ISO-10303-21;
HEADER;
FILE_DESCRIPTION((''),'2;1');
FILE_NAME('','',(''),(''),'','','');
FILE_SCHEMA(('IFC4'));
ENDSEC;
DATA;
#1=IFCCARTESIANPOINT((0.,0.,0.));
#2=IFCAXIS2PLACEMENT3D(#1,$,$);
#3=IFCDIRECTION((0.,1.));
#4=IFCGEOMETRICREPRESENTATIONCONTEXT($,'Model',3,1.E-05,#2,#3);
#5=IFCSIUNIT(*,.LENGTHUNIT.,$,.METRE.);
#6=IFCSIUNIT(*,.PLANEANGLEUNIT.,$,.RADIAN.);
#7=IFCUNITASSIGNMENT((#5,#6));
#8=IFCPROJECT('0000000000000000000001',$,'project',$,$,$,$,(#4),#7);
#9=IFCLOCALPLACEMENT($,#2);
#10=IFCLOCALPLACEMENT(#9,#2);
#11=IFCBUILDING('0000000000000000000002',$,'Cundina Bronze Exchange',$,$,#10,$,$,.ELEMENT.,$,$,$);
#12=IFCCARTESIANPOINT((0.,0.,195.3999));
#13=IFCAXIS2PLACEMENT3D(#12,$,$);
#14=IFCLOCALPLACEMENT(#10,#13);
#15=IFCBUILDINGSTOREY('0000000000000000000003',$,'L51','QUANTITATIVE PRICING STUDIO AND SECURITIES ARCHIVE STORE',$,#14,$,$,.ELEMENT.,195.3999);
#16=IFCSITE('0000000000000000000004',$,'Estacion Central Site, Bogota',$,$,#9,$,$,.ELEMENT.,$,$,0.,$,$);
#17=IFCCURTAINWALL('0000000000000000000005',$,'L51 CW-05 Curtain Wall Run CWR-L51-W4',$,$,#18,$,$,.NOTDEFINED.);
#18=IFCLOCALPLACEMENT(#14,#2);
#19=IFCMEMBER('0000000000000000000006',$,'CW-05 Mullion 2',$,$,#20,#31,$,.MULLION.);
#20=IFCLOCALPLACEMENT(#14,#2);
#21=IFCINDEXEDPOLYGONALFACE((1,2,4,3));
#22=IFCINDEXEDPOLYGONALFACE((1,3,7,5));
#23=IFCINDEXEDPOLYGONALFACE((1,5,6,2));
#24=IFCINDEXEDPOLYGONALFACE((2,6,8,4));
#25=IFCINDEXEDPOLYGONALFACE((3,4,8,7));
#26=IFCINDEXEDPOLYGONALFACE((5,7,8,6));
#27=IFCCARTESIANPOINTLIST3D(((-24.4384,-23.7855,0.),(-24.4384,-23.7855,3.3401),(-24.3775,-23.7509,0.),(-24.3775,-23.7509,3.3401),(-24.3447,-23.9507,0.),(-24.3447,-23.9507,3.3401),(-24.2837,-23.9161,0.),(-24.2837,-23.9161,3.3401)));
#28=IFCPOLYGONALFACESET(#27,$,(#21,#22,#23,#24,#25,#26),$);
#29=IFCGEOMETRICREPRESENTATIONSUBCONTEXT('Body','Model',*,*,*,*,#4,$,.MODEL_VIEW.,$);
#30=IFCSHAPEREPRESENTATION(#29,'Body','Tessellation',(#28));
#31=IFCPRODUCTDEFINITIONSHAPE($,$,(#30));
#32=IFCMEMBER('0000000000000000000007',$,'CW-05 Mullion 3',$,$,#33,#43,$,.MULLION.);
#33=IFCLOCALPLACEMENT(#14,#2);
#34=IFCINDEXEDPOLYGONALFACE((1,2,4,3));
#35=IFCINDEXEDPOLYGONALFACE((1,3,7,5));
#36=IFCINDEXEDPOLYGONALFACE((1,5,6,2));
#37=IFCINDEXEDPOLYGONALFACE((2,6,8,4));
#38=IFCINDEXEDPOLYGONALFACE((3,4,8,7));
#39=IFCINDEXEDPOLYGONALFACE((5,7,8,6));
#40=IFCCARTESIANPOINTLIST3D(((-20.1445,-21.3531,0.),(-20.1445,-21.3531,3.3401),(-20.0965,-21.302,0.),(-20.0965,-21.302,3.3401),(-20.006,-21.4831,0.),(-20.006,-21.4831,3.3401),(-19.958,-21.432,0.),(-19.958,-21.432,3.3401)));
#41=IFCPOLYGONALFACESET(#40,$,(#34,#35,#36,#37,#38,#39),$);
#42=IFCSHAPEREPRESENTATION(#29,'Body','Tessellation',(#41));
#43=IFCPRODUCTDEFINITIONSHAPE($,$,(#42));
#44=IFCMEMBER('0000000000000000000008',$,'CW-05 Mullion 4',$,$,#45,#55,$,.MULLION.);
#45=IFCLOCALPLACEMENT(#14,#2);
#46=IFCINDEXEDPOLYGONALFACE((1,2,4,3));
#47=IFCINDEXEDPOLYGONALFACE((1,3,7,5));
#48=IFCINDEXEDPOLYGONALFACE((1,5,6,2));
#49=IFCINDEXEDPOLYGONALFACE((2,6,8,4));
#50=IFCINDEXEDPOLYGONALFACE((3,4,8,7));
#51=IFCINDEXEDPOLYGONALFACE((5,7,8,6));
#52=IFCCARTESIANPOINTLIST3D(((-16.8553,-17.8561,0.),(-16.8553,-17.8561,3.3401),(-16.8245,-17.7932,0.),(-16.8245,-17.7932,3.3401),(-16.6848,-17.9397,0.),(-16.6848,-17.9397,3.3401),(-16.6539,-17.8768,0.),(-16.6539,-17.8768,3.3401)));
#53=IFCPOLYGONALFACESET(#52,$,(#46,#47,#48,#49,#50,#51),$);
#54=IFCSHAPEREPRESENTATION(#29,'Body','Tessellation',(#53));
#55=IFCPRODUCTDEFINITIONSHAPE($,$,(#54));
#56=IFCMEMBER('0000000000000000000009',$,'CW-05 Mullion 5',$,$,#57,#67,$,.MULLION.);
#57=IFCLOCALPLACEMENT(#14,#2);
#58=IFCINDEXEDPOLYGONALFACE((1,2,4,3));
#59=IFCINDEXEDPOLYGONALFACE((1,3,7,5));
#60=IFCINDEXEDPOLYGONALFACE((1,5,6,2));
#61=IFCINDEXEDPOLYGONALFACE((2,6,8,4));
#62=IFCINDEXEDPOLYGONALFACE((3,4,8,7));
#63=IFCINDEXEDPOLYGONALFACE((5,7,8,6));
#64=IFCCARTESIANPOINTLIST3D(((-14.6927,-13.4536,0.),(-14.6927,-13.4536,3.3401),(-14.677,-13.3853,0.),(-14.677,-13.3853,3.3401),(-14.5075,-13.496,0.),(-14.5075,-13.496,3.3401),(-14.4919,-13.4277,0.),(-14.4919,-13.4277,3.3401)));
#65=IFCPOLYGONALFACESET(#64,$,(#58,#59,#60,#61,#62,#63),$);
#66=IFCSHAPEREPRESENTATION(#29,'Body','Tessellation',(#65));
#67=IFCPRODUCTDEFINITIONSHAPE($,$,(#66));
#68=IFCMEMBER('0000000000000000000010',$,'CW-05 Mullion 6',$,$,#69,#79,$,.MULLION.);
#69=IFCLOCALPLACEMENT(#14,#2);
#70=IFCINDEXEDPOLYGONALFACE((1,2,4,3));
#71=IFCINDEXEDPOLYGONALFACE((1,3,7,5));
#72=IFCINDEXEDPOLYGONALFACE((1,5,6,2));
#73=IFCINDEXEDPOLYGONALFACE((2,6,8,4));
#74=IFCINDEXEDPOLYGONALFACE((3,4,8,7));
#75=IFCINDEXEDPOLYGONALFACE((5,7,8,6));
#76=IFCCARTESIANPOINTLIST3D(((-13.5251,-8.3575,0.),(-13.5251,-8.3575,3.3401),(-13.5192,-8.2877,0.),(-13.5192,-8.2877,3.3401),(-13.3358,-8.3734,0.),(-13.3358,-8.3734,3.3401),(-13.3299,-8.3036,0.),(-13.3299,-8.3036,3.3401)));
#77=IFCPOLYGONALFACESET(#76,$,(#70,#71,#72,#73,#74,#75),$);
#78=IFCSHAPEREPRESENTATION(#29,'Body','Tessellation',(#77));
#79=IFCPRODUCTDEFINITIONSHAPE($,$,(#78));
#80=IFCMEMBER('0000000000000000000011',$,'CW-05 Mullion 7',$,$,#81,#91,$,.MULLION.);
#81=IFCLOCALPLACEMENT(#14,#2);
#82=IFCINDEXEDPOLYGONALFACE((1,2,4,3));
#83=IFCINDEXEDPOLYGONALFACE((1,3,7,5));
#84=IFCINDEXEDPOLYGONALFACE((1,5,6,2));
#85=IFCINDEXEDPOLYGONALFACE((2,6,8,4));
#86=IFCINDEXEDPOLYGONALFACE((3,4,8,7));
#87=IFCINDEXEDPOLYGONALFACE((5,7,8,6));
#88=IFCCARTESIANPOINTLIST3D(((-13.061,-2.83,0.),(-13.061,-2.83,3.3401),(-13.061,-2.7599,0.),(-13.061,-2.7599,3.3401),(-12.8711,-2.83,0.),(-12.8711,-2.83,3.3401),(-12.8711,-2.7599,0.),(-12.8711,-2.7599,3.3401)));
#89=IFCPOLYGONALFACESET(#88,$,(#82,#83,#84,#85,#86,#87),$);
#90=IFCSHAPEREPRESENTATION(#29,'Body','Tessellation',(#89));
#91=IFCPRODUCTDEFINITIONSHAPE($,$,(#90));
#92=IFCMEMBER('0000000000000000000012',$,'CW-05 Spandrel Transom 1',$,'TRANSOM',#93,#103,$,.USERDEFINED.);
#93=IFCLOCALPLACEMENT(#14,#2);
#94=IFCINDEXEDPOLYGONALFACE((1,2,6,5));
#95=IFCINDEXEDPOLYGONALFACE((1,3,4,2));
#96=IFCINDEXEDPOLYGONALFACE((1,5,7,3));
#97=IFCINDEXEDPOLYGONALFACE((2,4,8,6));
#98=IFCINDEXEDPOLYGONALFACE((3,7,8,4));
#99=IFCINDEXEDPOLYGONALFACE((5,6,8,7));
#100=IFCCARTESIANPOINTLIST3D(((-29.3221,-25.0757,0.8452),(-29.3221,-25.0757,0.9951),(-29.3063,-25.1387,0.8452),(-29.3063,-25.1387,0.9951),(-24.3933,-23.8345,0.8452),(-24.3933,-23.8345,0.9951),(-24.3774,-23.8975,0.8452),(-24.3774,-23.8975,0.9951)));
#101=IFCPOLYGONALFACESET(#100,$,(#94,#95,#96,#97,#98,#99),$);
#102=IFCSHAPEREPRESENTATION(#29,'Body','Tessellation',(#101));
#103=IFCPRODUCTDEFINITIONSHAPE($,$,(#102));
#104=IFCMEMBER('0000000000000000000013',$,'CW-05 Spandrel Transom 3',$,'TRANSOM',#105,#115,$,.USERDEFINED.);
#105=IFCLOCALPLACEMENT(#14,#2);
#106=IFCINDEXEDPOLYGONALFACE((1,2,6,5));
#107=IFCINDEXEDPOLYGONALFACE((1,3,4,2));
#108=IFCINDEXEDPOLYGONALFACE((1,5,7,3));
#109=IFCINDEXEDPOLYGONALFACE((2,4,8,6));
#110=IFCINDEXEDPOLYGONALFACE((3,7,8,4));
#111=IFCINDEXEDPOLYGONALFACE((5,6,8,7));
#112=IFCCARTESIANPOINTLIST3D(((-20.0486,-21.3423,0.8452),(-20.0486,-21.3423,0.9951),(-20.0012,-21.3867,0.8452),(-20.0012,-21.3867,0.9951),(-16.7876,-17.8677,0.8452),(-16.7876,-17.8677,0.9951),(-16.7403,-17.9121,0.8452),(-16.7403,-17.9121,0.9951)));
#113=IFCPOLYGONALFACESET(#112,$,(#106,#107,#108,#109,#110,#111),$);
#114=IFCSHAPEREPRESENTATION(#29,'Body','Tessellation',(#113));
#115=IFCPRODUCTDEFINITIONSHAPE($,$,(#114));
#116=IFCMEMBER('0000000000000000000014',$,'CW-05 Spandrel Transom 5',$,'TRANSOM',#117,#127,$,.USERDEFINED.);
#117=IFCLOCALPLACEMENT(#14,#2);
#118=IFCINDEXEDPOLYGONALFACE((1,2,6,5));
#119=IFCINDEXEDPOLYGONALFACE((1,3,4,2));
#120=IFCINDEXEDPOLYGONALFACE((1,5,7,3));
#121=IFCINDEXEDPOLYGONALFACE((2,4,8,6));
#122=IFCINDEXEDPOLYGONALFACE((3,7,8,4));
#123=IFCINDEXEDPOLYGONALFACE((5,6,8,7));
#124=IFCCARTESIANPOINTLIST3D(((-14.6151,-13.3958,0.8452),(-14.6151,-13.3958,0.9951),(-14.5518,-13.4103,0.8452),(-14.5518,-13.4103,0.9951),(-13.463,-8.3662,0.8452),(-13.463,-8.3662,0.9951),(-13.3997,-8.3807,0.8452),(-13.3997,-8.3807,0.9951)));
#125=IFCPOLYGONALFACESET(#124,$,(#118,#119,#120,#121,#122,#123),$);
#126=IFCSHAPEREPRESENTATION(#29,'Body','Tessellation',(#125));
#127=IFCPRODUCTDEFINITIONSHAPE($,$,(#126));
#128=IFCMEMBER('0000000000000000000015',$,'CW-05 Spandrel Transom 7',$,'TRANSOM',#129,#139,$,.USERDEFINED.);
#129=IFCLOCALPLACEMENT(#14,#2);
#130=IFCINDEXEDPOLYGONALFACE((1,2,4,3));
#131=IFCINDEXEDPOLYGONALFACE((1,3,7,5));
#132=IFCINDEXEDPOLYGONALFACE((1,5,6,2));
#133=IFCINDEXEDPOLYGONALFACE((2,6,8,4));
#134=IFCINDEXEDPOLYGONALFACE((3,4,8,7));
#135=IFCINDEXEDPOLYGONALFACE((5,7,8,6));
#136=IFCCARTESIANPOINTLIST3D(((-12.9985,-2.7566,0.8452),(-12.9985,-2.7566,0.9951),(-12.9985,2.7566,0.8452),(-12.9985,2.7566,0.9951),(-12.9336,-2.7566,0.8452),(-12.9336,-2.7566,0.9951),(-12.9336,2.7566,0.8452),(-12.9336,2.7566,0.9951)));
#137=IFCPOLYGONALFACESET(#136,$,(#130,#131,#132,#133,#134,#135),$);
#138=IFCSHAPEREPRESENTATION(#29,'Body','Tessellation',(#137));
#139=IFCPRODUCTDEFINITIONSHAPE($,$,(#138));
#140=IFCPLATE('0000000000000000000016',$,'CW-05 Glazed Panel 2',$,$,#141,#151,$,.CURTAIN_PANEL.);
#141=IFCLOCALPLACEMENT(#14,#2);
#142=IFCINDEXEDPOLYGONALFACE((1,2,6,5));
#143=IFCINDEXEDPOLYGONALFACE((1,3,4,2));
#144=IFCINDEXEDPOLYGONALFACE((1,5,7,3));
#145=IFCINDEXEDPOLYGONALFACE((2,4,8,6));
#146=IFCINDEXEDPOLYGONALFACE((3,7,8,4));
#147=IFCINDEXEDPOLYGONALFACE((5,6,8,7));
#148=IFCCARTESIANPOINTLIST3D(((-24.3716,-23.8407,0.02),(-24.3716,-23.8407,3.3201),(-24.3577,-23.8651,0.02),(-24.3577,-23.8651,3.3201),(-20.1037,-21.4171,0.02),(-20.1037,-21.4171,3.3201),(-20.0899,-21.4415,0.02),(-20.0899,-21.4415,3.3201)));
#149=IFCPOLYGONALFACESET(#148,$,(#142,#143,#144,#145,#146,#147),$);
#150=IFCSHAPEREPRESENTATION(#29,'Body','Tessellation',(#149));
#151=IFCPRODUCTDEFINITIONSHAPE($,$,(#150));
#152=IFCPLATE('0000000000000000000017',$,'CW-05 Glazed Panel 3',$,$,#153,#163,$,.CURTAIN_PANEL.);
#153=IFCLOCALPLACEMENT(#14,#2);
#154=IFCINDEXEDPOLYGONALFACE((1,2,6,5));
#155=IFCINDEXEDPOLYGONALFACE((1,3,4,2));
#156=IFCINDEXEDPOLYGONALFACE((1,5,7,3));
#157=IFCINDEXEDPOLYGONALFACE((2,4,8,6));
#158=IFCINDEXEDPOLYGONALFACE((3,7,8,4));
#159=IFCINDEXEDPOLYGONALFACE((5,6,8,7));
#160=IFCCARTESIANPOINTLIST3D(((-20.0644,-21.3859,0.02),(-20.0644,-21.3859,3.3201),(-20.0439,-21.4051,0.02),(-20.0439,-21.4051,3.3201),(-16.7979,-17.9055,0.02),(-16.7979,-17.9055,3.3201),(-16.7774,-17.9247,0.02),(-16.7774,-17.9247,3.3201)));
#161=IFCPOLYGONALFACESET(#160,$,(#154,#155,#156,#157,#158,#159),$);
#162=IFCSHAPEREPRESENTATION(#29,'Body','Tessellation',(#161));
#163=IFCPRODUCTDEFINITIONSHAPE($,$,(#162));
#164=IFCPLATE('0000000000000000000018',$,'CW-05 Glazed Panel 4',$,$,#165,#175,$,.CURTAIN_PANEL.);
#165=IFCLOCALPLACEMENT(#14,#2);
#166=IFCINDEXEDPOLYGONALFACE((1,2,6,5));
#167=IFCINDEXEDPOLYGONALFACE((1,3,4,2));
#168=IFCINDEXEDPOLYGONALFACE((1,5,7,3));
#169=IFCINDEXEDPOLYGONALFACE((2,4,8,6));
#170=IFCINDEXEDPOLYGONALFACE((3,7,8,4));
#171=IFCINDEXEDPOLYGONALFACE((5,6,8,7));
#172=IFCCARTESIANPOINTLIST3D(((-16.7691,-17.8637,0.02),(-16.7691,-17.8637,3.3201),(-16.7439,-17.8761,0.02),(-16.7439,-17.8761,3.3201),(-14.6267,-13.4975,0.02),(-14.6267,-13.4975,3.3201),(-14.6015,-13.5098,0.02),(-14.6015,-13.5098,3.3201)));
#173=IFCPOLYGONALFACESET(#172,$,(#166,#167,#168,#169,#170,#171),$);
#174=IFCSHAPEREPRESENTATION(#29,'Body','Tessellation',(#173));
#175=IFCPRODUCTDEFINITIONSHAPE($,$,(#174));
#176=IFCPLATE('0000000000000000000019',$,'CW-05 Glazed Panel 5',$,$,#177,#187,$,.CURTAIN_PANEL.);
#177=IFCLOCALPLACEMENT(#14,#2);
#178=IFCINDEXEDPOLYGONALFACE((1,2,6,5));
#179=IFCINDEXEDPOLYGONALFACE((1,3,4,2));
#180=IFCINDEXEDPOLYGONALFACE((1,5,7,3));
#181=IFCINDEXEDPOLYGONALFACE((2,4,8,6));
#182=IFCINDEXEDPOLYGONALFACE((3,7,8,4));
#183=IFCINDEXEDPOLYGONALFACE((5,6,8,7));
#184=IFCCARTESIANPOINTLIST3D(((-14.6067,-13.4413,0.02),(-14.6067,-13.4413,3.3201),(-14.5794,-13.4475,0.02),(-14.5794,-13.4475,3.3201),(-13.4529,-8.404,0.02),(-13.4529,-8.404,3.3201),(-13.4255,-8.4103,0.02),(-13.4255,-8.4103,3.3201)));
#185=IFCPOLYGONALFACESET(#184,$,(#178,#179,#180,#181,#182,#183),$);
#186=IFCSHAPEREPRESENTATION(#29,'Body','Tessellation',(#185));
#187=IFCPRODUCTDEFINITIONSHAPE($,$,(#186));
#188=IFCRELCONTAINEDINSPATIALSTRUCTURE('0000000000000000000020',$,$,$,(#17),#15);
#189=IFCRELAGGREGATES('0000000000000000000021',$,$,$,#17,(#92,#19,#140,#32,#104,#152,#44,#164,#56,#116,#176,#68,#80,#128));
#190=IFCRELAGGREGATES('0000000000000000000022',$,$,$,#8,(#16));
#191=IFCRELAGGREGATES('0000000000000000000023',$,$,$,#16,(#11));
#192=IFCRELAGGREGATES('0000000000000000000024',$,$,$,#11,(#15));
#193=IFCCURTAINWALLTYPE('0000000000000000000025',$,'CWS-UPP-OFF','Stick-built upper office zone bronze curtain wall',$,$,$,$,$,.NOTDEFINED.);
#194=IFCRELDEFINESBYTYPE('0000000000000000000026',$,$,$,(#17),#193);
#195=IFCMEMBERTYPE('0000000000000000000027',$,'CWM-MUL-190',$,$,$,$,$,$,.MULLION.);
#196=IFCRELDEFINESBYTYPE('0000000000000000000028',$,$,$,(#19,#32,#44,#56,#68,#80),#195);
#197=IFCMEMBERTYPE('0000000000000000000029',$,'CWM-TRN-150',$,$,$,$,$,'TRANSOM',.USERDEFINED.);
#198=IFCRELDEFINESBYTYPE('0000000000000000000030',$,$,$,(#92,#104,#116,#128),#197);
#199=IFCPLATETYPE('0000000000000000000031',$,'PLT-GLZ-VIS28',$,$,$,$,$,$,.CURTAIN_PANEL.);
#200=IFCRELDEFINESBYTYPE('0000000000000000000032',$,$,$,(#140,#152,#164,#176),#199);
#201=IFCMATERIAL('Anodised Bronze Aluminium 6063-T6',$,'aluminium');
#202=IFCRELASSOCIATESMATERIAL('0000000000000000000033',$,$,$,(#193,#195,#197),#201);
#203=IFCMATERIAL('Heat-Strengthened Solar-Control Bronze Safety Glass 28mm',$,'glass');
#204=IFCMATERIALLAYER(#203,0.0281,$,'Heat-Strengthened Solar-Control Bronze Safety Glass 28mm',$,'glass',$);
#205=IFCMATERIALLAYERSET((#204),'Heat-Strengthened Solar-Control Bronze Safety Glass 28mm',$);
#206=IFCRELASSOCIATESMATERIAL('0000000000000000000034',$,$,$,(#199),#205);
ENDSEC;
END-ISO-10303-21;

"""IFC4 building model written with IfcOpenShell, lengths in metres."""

from ifc_helpers import new_model, si_unit, direction, frame, origin, origin_2d, place, context, subcontext, project, spatial, rectangle, extrude, material, layer, layer_set, material_profile, profile_set, type_object, element, aggregate, save


model = new_model("IFC4")

# Units and contexts
model_context = context("Model", 3, precision=1e-05, world=origin(), true_north=direction((0.0, 1.0)))
body_context = subcontext(model_context, "Body", "Model", "MODEL_VIEW")
ifc_project = project(units=[si_unit("LENGTHUNIT", "METRE"), si_unit("PLANEANGLEUNIT", "RADIAN")], contexts=[model_context])

# Site, building, storey
site_placement = place(None, origin())
site = spatial("IfcSite", under=ifc_project, at=site_placement, Name="Estacion Central Site, Bogota", CompositionType="ELEMENT", RefElevation=0.0)
building_placement = place(site_placement, origin())
building = spatial("IfcBuilding", under=site, at=building_placement, Name="Cundina Bronze Exchange", CompositionType="ELEMENT")
storey_placement = place(building_placement, frame((0.0, 0.0, 195.3999)))
storey = spatial("IfcBuildingStorey", under=building, at=storey_placement, Name="L51", Description="QUANTITATIVE PRICING STUDIO AND SECURITIES ARCHIVE STORE", CompositionType="ELEMENT", Elevation=195.3999)

# Curtain wall, members, plates
ifc_material_1 = material(Name="Anodised Bronze Aluminium 6063-T6", Category="aluminium")
curtain_wall_type = type_object("IfcCurtainWallType", Name="CWS-UPP-OFF", Description="Stick-built upper office zone bronze curtain wall", PredefinedType="NOTDEFINED", material=ifc_material_1)
curtain_wall_placement = place(storey_placement, origin())
curtain_wall = element("IfcCurtainWall", 1, at=curtain_wall_placement, inside=storey, type_object=curtain_wall_type, Name="L51 CW-05 Curtain Wall Run CWR-L51-W4", PredefinedType="NOTDEFINED")
ifc_material_profile_1 = material_profile(ifc_material_1, rectangle(XDim=0.0701, YDim=0.1899, at=origin_2d()), Name="AL70X190", Category="aluminium")
ifc_profile_set_1 = profile_set([ifc_material_profile_1], Name="Anodised Bronze Aluminium 6063-T6")
member_type_1 = type_object("IfcMemberType", Name="CWM-MUL-190", PredefinedType="MULLION", material=ifc_profile_set_1)
member_1_placement = place(storey_placement, frame((-24.3611, -23.8508, 0.0), z_axis=(0.0, 0.0, 1.0), x_axis=(0.869581, 0.49379, 0.0)))
member_1 = element("IfcMember", 2, at=member_1_placement, type_object=member_type_1, Name="CW-05 Mullion 2", PredefinedType="MULLION", context=body_context, shape_type="SweptSolid", body=[
    extrude(rectangle(XDim=0.0701, YDim=0.1899, at=origin_2d()), origin(), (0.0, 0.0, 1.0), 3.3401),
])
member_2_placement = place(storey_placement, frame((-20.0513, -21.3926, 0.0), z_axis=(0.0, 0.0, 1.0), x_axis=(0.684293, 0.729208, 0.0)))
member_2 = element("IfcMember", 3, at=member_2_placement, type_object=member_type_1, Name="CW-05 Mullion 3", PredefinedType="MULLION", context=body_context, shape_type="SweptSolid", body=[
    extrude(rectangle(XDim=0.0701, YDim=0.1899, at=origin_2d()), origin(), (0.0, 0.0, 1.0), 3.3401),
])
member_3_placement = place(storey_placement, frame((-16.7546, -17.8665, 0.0), z_axis=(0.0, 0.0, 1.0), x_axis=(0.440566, 0.89772, 0.0)))
member_3 = element("IfcMember", 4, at=member_3_placement, type_object=member_type_1, Name="CW-05 Mullion 4", PredefinedType="MULLION", context=body_context, shape_type="SweptSolid", body=[
    extrude(rectangle(XDim=0.0701, YDim=0.1899, at=origin_2d()), origin(), (0.0, 0.0, 1.0), 3.3401),
])
member_4_placement = place(storey_placement, frame((-14.5923, -13.4407, 0.0), z_axis=(0.0, 0.0, 1.0), x_axis=(0.22325, 0.974761, 0.0)))
member_4 = element("IfcMember", 5, at=member_4_placement, type_object=member_type_1, Name="CW-05 Mullion 5", PredefinedType="MULLION", context=body_context, shape_type="SweptSolid", body=[
    extrude(rectangle(XDim=0.0701, YDim=0.1899, at=origin_2d()), origin(), (0.0, 0.0, 1.0), 3.3401),
])
member_5_placement = place(storey_placement, frame((-13.4275, -8.3306, 0.0), z_axis=(0.0, 0.0, 1.0), x_axis=(0.083678, 0.996493, 0.0)))
member_5 = element("IfcMember", 6, at=member_5_placement, type_object=member_type_1, Name="CW-05 Mullion 6", PredefinedType="MULLION", context=body_context, shape_type="SweptSolid", body=[
    extrude(rectangle(XDim=0.0701, YDim=0.1899, at=origin_2d()), origin(), (0.0, 0.0, 1.0), 3.3401),
])
member_6_placement = place(storey_placement, frame((-12.9661, -2.7949, 0.0), z_axis=(0.0, 0.0, 1.0), x_axis=(0.0, 1.0, 0.0)))
member_6 = element("IfcMember", 7, at=member_6_placement, type_object=member_type_1, Name="CW-05 Mullion 7", PredefinedType="MULLION", context=body_context, shape_type="SweptSolid", body=[
    extrude(rectangle(XDim=0.0701, YDim=0.1899, at=origin_2d()), origin(), (0.0, 0.0, 1.0), 3.3401),
])
ifc_material_profile_2 = material_profile(ifc_material_1, rectangle(XDim=0.0649, YDim=0.1499, at=origin_2d()), Name="AL65X150", Category="aluminium")
ifc_profile_set_2 = profile_set([ifc_material_profile_2], Name="Anodised Bronze Aluminium 6063-T6")
member_type_2 = type_object("IfcMemberType", Name="CWM-TRN-150", ElementType="TRANSOM", PredefinedType="USERDEFINED", material=ifc_profile_set_2)
member_7_placement = place(storey_placement, frame((-29.3142, -25.1072, 0.9202), z_axis=(0.969726, 0.244197, 0.0), x_axis=(-0.244197, 0.969726, 0.0)))
member_7 = element("IfcMember", 8, at=member_7_placement, type_object=member_type_2, Name="CW-05 Spandrel Transom 1", ObjectType="TRANSOM", PredefinedType="USERDEFINED", context=body_context, shape_type="SweptSolid", body=[
    extrude(rectangle(XDim=0.0649, YDim=0.1499, at=origin_2d()), origin(), (0.0, 0.0, 1.0), 5.0828),
])
member_8_placement = place(storey_placement, frame((-20.0249, -21.3645, 0.9202), z_axis=(0.684336, 0.729166, 0.0), x_axis=(-0.729166, 0.684336, 0.0)))
member_8 = element("IfcMember", 9, at=member_8_placement, type_object=member_type_2, Name="CW-05 Spandrel Transom 3", ObjectType="TRANSOM", PredefinedType="USERDEFINED", context=body_context, shape_type="SweptSolid", body=[
    extrude(rectangle(XDim=0.0649, YDim=0.1499, at=origin_2d()), origin(), (0.0, 0.0, 1.0), 4.7651),
])
member_9_placement = place(storey_placement, frame((-14.5835, -13.4031, 0.9202), z_axis=(0.223283, 0.974754, 0.0), x_axis=(-0.974754, 0.223283, 0.0)))
member_9 = element("IfcMember", 10, at=member_9_placement, type_object=member_type_2, Name="CW-05 Spandrel Transom 5", ObjectType="TRANSOM", PredefinedType="USERDEFINED", context=body_context, shape_type="SweptSolid", body=[
    extrude(rectangle(XDim=0.0649, YDim=0.1499, at=origin_2d()), origin(), (0.0, 0.0, 1.0), 5.1599),
])
member_10_placement = place(storey_placement, frame((-12.9661, -2.7566, 0.9202), z_axis=(0.0, 1.0, 0.0), x_axis=(-1.0, 0.0, 0.0)))
member_10 = element("IfcMember", 11, at=member_10_placement, type_object=member_type_2, Name="CW-05 Spandrel Transom 7", ObjectType="TRANSOM", PredefinedType="USERDEFINED", context=body_context, shape_type="SweptSolid", body=[
    extrude(rectangle(XDim=0.0649, YDim=0.1499, at=origin_2d()), origin(), (0.0, 0.0, 1.0), 5.5132),
])
ifc_material_2 = material(Name="Heat-Strengthened Solar-Control Bronze Safety Glass 28mm", Category="glass")
ifc_layer_1 = layer(ifc_material_2, 0.0281, Name="Heat-Strengthened Solar-Control Bronze Safety Glass 28mm", Category="glass")
ifc_layer_set_1 = layer_set([ifc_layer_1], Name="Heat-Strengthened Solar-Control Bronze Safety Glass 28mm")
plate_type_1 = type_object("IfcPlateType", Name="PLT-GLZ-VIS28", PredefinedType="CURTAIN_PANEL", material=ifc_layer_set_1)
plate_1_placement = place(storey_placement, frame((-22.2307, -22.6411, 0.02), z_axis=(0.0, 0.0, 1.0), x_axis=(0.869573, 0.493805, 0.0)))
plate_1 = element("IfcPlate", 12, at=plate_1_placement, type_object=plate_type_1, Name="CW-05 Glazed Panel 2", PredefinedType="CURTAIN_PANEL", context=body_context, shape_type="SweptSolid", body=[
    extrude(rectangle(XDim=4.908, YDim=0.0281, at=origin_2d()), origin(), (0.0, 0.0, 1.0), 3.3),
])
plate_2_placement = place(storey_placement, frame((-18.4209, -19.6553, 0.02), z_axis=(0.0, 0.0, 1.0), x_axis=(0.684344, 0.72916, 0.0)))
plate_2 = element("IfcPlate", 13, at=plate_2_placement, type_object=plate_type_1, Name="CW-05 Glazed Panel 3", PredefinedType="CURTAIN_PANEL", context=body_context, shape_type="SweptSolid", body=[
    extrude(rectangle(XDim=4.7732, YDim=0.0281, at=origin_2d()), origin(), (0.0, 0.0, 1.0), 3.3),
])
plate_3_placement = place(storey_placement, frame((-15.6853, -15.6868, 0.02), z_axis=(0.0, 0.0, 1.0), x_axis=(0.440503, 0.897751, 0.0)))
plate_3 = element("IfcPlate", 14, at=plate_3_placement, type_object=plate_type_1, Name="CW-05 Glazed Panel 4", PredefinedType="CURTAIN_PANEL", context=body_context, shape_type="SweptSolid", body=[
    extrude(rectangle(XDim=4.8635, YDim=0.0281, at=origin_2d()), origin(), (0.0, 0.0, 1.0), 3.3),
])
plate_4_placement = place(storey_placement, frame((-14.0161, -10.9258, 0.02), z_axis=(0.0, 0.0, 1.0), x_axis=(0.223284, 0.974753, 0.0)))
plate_4 = element("IfcPlate", 15, at=plate_4_placement, type_object=plate_type_1, Name="CW-05 Glazed Panel 5", PredefinedType="CURTAIN_PANEL", context=body_context, shape_type="SweptSolid", body=[
    extrude(rectangle(XDim=5.1677, YDim=0.0281, at=origin_2d()), origin(), (0.0, 0.0, 1.0), 3.3),
])
aggregate(curtain_wall, [member_7, member_1, plate_1, member_2, member_8, plate_2, member_3, plate_3, member_4, member_9, plate_4, member_5, member_6, member_10])

save(model, "model.ifc")
